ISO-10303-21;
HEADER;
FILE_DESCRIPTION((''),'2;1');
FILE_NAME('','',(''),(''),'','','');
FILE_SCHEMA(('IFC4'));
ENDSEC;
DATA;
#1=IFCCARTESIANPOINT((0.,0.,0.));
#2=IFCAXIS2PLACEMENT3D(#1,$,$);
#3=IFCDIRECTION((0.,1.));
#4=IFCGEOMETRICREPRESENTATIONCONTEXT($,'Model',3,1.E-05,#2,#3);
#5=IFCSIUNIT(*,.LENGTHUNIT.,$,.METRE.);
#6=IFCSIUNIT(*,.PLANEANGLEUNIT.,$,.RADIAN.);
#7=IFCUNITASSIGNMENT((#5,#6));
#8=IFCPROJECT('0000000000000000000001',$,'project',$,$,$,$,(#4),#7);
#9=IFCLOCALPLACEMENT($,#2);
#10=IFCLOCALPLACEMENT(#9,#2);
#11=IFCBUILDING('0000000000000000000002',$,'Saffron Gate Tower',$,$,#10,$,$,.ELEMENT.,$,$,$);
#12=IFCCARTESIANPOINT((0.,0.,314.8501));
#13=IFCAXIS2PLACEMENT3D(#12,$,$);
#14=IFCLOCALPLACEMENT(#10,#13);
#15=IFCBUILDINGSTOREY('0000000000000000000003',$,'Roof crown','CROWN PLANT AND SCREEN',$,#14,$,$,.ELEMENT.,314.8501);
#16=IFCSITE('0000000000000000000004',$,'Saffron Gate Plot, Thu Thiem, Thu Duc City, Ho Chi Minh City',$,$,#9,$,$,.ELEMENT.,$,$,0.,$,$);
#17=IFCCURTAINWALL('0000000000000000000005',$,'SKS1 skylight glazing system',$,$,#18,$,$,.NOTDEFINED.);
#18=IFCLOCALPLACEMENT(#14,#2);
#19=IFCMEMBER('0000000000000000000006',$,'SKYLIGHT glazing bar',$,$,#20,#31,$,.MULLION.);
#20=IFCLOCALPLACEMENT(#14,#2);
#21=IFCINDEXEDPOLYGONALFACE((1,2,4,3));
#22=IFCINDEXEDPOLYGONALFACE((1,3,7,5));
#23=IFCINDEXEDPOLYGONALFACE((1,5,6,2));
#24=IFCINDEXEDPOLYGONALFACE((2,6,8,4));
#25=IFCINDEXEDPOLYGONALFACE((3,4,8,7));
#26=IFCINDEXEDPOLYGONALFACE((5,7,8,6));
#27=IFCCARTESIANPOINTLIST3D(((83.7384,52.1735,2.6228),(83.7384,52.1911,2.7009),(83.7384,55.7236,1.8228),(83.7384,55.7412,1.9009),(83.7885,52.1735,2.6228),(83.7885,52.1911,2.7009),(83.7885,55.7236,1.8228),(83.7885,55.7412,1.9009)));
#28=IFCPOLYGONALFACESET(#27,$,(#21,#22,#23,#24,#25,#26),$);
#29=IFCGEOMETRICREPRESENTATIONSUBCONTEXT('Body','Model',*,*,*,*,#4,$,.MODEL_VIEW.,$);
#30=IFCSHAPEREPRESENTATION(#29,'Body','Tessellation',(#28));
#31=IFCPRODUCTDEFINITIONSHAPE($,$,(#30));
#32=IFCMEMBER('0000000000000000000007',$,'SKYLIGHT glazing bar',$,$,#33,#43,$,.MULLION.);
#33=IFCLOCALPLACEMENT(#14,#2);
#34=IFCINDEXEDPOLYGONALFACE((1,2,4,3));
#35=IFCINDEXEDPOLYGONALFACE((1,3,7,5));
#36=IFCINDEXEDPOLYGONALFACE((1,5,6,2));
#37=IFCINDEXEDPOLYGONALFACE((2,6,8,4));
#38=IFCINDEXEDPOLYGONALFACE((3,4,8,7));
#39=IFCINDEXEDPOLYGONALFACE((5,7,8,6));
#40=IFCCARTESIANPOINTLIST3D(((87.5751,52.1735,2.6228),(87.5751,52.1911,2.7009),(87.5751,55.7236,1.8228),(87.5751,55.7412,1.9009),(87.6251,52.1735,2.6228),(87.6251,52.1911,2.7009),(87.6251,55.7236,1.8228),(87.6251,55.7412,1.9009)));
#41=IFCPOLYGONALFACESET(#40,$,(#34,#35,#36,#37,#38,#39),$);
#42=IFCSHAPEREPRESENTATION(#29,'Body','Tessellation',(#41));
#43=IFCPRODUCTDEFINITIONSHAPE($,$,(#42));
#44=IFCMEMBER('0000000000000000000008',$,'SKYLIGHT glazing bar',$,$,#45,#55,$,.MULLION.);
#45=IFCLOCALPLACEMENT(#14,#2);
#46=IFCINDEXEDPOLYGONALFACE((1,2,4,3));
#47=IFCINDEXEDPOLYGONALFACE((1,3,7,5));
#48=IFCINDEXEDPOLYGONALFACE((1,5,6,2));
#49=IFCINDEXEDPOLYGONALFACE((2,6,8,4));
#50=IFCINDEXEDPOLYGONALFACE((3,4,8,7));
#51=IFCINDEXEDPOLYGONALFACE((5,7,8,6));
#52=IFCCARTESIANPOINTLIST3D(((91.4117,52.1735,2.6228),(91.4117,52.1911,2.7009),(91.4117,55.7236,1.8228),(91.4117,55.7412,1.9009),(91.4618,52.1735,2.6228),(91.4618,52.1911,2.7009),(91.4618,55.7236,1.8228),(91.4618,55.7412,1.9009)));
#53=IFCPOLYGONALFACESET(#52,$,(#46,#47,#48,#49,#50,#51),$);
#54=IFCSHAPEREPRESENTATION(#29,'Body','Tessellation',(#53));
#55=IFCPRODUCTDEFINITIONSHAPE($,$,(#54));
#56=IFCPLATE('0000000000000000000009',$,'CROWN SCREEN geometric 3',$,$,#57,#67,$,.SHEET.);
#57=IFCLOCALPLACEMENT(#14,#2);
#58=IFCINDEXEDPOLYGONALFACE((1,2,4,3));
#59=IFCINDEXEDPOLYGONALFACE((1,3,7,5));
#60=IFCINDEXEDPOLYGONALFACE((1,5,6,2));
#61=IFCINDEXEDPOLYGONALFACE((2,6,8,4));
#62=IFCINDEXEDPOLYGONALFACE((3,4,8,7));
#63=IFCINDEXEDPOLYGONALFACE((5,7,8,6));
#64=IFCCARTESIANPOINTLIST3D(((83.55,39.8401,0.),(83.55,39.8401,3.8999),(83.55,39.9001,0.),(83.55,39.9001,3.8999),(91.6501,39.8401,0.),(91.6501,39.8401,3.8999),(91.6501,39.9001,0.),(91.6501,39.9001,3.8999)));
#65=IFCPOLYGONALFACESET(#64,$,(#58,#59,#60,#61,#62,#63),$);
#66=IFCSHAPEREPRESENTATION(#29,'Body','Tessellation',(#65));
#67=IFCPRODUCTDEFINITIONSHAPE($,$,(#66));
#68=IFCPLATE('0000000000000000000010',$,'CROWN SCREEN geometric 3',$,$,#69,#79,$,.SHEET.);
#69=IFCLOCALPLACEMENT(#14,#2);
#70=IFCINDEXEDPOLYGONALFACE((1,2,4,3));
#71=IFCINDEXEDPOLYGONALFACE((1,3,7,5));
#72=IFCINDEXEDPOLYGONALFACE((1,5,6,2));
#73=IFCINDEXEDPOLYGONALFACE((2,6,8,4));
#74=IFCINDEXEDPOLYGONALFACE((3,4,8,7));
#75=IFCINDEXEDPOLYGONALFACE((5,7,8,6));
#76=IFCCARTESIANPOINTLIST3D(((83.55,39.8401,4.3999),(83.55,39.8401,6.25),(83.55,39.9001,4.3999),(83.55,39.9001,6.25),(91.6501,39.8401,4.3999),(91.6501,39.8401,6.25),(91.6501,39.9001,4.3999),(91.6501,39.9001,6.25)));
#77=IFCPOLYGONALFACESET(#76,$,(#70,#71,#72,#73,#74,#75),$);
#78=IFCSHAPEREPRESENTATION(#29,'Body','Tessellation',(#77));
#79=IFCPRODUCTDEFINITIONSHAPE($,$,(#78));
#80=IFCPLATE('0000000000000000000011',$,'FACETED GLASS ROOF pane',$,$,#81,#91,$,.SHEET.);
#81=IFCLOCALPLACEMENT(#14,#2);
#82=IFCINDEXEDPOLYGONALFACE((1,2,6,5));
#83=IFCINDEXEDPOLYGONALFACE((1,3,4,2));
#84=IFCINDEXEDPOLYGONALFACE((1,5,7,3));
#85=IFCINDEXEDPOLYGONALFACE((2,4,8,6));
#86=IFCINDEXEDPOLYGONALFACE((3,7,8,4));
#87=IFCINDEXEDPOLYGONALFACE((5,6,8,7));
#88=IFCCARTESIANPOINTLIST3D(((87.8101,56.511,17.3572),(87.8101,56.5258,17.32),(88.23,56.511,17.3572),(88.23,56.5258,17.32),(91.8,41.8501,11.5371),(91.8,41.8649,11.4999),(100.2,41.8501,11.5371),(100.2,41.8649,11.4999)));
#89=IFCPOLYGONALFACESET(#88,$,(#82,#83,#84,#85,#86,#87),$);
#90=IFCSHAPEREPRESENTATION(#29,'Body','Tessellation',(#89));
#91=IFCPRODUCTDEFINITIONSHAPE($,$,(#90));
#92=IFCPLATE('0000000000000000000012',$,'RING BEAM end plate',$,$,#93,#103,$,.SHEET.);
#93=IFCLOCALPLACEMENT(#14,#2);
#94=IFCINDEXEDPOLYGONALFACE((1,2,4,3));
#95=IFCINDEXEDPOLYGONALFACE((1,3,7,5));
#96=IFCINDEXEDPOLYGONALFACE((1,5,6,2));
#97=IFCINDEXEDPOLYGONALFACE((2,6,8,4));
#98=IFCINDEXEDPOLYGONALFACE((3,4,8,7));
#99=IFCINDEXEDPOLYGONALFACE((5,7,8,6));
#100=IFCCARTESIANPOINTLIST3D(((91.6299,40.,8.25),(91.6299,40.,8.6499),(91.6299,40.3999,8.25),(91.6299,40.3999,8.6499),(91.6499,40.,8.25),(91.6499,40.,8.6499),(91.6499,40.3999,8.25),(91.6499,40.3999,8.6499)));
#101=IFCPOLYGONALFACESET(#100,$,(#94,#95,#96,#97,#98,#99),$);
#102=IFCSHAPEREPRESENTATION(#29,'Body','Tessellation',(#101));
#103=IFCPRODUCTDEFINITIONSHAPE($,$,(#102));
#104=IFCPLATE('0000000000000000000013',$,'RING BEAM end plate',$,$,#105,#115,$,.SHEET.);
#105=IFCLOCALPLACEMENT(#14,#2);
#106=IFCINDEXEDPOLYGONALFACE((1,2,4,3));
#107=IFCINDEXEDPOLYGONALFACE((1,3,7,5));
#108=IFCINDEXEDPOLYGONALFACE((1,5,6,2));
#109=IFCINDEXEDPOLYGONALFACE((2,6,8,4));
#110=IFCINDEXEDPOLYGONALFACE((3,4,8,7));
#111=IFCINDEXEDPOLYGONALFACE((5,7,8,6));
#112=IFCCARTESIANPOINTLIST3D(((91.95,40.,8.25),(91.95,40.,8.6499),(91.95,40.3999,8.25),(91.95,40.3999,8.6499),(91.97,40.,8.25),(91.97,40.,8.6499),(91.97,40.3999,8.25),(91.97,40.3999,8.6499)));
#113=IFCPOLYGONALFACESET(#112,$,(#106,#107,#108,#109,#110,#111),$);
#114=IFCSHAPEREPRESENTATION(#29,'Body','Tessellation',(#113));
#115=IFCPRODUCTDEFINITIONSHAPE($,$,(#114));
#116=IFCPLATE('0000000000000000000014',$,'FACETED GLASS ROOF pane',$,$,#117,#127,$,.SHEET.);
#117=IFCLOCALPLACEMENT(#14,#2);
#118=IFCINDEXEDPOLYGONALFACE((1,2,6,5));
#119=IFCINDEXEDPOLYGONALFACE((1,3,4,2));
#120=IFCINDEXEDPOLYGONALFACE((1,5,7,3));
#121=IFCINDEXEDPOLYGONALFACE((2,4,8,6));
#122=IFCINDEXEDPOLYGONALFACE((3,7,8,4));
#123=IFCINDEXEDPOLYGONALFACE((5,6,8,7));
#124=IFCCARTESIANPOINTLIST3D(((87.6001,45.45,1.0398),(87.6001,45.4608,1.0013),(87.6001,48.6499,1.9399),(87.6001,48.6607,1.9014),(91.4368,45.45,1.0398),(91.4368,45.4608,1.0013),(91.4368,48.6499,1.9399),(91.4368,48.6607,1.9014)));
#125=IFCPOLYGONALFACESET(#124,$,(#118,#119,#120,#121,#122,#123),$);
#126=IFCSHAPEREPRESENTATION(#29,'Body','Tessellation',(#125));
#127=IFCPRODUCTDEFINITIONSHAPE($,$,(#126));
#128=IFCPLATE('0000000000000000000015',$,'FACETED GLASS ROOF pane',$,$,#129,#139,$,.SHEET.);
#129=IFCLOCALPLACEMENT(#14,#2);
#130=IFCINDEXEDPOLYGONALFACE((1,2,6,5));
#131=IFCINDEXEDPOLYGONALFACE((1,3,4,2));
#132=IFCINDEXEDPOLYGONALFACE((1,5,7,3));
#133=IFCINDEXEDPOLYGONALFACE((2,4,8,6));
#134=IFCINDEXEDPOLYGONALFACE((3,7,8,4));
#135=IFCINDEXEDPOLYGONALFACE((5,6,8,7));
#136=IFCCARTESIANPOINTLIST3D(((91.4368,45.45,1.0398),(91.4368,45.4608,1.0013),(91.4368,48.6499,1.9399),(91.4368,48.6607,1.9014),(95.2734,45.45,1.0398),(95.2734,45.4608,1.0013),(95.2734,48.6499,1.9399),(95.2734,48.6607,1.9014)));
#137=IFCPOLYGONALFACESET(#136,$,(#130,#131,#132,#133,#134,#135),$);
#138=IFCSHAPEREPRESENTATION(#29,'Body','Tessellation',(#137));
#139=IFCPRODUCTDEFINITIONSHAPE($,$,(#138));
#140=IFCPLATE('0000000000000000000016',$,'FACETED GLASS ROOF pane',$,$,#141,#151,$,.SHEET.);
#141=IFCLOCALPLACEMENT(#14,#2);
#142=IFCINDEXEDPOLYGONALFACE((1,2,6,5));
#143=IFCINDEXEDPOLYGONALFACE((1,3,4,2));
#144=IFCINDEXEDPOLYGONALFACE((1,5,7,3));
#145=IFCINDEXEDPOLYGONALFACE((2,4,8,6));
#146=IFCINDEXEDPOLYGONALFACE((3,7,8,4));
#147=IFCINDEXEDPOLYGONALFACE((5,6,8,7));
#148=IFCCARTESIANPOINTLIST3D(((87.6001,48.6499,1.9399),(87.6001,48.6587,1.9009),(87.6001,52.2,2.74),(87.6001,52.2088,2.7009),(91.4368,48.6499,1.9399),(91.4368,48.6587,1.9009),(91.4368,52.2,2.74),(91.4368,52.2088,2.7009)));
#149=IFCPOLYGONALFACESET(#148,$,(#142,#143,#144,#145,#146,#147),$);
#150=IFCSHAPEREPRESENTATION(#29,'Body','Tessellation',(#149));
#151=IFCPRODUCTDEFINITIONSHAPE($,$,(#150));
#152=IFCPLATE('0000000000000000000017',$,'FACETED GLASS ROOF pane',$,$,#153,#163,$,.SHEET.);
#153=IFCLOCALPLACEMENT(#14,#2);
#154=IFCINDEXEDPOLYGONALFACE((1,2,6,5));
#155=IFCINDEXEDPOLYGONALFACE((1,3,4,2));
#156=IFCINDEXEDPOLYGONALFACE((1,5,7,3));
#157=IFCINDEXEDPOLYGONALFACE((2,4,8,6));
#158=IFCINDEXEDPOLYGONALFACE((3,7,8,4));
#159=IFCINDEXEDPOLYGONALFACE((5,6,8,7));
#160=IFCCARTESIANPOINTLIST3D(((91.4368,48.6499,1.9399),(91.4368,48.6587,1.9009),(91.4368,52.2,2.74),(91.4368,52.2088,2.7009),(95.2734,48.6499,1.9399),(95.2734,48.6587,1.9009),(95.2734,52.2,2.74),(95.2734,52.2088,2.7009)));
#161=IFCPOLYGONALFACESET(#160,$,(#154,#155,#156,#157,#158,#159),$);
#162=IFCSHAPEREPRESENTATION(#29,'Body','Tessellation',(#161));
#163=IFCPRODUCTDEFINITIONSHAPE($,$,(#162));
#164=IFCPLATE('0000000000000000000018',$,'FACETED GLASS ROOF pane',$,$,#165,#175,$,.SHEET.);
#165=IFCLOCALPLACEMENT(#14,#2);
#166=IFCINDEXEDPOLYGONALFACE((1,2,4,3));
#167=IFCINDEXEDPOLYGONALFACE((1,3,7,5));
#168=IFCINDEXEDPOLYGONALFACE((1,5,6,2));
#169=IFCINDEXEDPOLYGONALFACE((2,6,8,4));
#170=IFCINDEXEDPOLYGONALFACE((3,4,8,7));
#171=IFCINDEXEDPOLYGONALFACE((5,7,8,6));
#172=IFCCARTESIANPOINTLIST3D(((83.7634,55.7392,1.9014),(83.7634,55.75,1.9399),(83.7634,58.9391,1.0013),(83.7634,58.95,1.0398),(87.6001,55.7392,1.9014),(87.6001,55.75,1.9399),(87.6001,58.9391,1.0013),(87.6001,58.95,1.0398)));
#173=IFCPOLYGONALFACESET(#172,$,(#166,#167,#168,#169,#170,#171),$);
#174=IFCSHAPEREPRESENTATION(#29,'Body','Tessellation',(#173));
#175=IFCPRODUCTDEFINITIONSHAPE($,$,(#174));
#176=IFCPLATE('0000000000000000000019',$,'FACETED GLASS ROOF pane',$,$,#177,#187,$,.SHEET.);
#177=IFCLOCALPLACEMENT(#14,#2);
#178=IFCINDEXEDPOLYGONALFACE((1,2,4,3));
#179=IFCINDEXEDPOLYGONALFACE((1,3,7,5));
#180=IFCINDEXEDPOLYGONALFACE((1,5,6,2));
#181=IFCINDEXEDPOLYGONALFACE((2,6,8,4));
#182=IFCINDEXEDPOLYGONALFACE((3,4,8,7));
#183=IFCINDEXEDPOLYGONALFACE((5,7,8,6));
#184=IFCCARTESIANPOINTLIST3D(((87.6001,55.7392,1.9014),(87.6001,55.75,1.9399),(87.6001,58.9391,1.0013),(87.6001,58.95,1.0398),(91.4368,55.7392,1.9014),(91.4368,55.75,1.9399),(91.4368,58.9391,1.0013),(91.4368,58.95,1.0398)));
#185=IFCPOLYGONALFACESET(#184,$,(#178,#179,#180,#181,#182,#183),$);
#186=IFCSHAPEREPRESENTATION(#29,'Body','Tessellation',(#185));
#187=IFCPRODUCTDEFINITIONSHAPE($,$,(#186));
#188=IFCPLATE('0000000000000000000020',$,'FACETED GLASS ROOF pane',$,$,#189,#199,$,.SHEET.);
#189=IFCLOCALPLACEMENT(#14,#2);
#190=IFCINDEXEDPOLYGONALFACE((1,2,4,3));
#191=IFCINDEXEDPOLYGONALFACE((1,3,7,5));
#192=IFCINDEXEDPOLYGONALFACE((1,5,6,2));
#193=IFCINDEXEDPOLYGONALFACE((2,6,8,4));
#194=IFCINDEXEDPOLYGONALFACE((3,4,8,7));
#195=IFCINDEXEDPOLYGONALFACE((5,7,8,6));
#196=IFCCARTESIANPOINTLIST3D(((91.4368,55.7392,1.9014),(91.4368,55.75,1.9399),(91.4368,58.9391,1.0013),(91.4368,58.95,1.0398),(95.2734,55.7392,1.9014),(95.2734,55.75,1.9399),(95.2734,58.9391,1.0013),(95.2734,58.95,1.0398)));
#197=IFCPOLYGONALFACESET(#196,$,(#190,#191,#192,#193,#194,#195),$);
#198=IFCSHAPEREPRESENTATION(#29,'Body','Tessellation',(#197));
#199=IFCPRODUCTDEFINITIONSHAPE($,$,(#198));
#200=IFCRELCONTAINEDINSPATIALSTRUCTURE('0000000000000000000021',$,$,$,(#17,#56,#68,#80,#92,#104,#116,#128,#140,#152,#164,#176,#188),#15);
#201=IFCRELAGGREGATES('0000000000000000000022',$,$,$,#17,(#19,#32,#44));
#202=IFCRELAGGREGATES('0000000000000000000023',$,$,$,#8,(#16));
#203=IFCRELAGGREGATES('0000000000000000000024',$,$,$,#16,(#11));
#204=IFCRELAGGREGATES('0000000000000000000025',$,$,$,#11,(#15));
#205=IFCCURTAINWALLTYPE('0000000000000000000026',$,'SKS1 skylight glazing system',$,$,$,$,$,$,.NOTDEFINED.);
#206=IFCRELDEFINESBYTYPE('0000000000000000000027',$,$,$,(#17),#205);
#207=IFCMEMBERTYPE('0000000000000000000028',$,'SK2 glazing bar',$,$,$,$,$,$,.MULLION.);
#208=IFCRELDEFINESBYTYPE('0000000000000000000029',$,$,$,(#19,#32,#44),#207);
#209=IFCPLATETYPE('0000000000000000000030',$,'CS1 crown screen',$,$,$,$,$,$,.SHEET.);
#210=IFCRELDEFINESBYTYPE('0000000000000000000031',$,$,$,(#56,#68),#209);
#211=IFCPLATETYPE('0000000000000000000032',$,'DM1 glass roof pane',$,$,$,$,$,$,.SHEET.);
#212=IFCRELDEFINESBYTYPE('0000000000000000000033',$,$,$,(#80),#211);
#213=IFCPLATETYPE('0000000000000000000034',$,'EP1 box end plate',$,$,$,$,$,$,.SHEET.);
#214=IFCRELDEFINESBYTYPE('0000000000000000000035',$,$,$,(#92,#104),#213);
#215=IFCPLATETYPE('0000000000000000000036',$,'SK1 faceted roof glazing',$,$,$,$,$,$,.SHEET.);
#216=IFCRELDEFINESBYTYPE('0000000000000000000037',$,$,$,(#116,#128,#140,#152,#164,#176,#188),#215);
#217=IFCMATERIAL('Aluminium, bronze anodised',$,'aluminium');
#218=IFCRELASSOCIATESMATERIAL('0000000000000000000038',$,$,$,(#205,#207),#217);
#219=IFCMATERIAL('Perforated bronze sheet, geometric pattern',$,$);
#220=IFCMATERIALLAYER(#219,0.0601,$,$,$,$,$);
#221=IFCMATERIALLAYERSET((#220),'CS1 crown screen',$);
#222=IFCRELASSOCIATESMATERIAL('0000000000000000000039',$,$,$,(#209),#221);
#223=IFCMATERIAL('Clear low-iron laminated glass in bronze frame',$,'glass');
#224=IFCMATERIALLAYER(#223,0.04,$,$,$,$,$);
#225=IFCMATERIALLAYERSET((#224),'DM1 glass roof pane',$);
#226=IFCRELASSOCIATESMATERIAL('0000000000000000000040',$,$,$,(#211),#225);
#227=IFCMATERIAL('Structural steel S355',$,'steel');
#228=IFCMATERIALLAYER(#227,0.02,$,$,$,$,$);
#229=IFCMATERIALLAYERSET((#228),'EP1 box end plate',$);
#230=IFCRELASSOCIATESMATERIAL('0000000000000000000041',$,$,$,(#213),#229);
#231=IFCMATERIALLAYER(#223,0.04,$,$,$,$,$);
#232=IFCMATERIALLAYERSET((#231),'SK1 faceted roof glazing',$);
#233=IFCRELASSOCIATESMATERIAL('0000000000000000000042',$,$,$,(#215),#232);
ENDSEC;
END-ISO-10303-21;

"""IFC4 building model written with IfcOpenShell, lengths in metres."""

from ifc_helpers import new_model, si_unit, direction, frame, origin, origin_2d, place, context, subcontext, project, spatial, polyline, rectangle, outline, extrude, material, layer, layer_set, material_profile, profile_set, type_object, element, aggregate, save


model = new_model("IFC4")

# Units and contexts
model_context = context("Model", 3, precision=1e-05, world=origin(), true_north=direction((0.0, 1.0)))
body_context = subcontext(model_context, "Body", "Model", "MODEL_VIEW")
ifc_project = project(units=[si_unit("LENGTHUNIT", "METRE"), si_unit("PLANEANGLEUNIT", "RADIAN")], contexts=[model_context])

# Site, building, storey
site_placement = place(None, origin())
site = spatial("IfcSite", under=ifc_project, at=site_placement, Name="Saffron Gate Plot, Thu Thiem, Thu Duc City, Ho Chi Minh City", CompositionType="ELEMENT", RefElevation=0.0)
building_placement = place(site_placement, origin())
building = spatial("IfcBuilding", under=site, at=building_placement, Name="Saffron Gate Tower", CompositionType="ELEMENT")
storey_placement = place(building_placement, frame((0.0, 0.0, 314.8501)))
storey = spatial("IfcBuildingStorey", under=building, at=storey_placement, Name="Roof crown", Description="CROWN PLANT AND SCREEN", CompositionType="ELEMENT", Elevation=314.8501)

# Shared definitions
ifc_material_1 = material(Name="Structural steel S355", Category="steel")

# Shared definitions
ifc_material_2 = material(Name="Aluminium, bronze anodised", Category="aluminium")

# Curtain wall, members
curtain_wall_type_1 = type_object("IfcCurtainWallType", Name="SKS1 skylight glazing system", PredefinedType="NOTDEFINED", material=ifc_material_2)
curtain_wall_1_placement = place(storey_placement, origin())
curtain_wall_1 = element("IfcCurtainWall", 1, at=curtain_wall_1_placement, inside=storey, type_object=curtain_wall_type_1, Name="SKS1 skylight glazing system", PredefinedType="NOTDEFINED")
ifc_material_profile_1 = material_profile(ifc_material_2, rectangle(XDim=0.05, YDim=0.0801, at=origin_2d()))
ifc_profile_set_1 = profile_set([ifc_material_profile_1], Name="Aluminium, bronze anodised")
member_type_1 = type_object("IfcMemberType", Name="SK2 glazing bar", PredefinedType="MULLION", material=ifc_profile_set_1)
member_1_placement = place(storey_placement, frame((83.7634, 55.7324, 1.8618), z_axis=(0.0, -0.975534, 0.219849), x_axis=(1.0, 0.0, 0.0)))
member_1 = element("IfcMember", 2, at=member_1_placement, type_object=member_type_1, Name="SKYLIGHT glazing bar", PredefinedType="MULLION", context=body_context, shape_type="SweptSolid", body=[
    extrude(rectangle(XDim=0.05, YDim=0.0801, at=origin_2d()), origin(), (0.0, 0.0, 1.0), 3.6392),
])
member_2_placement = place(storey_placement, frame((87.6001, 55.7324, 1.8618), z_axis=(0.0, -0.975534, 0.219849), x_axis=(1.0, 0.0, 0.0)))
member_2 = element("IfcMember", 3, at=member_2_placement, type_object=member_type_1, Name="SKYLIGHT glazing bar", PredefinedType="MULLION", context=body_context, shape_type="SweptSolid", body=[
    extrude(rectangle(XDim=0.05, YDim=0.0801, at=origin_2d()), origin(), (0.0, 0.0, 1.0), 3.6392),
])
member_3_placement = place(storey_placement, frame((91.4368, 55.7324, 1.8618), z_axis=(0.0, -0.975534, 0.219849), x_axis=(1.0, 0.0, 0.0)))
member_3 = element("IfcMember", 4, at=member_3_placement, type_object=member_type_1, Name="SKYLIGHT glazing bar", PredefinedType="MULLION", context=body_context, shape_type="SweptSolid", body=[
    extrude(rectangle(XDim=0.05, YDim=0.0801, at=origin_2d()), origin(), (0.0, 0.0, 1.0), 3.6392),
])
aggregate(curtain_wall_1, [member_1, member_2, member_3])

# Plates
ifc_material_3 = material(Name="Perforated bronze sheet, geometric pattern")
ifc_layer_1 = layer(ifc_material_3, 0.0601)
ifc_layer_set_1 = layer_set([ifc_layer_1], Name="CS1 crown screen")
plate_type_1 = type_object("IfcPlateType", Name="CS1 crown screen", PredefinedType="SHEET", material=ifc_layer_set_1)
plate_1_placement = place(storey_placement, frame((87.6001, 39.8701, 0.0), z_axis=(0.0, 0.0, 1.0), x_axis=(1.0, 0.0, 0.0)))
element("IfcPlate", 5, at=plate_1_placement, inside=storey, type_object=plate_type_1, Name="CROWN SCREEN geometric 3", PredefinedType="SHEET", context=body_context, shape_type="SweptSolid", body=[
    extrude(rectangle(XDim=8.1001, YDim=0.0601, at=origin_2d()), origin(), (0.0, 0.0, 1.0), 3.8999),
])
plate_2_placement = place(storey_placement, frame((87.6001, 39.8701, 4.3999), z_axis=(0.0, 0.0, 1.0), x_axis=(1.0, 0.0, 0.0)))
element("IfcPlate", 6, at=plate_2_placement, inside=storey, type_object=plate_type_1, Name="CROWN SCREEN geometric 3", PredefinedType="SHEET", context=body_context, shape_type="SweptSolid", body=[
    extrude(rectangle(XDim=8.1001, YDim=0.0601, at=origin_2d()), origin(), (0.0, 0.0, 1.0), 1.8501),
])
ifc_material_4 = material(Name="Clear low-iron laminated glass in bronze frame", Category="glass")
ifc_layer_2 = layer(ifc_material_4, 0.04)
ifc_layer_set_2 = layer_set([ifc_layer_2], Name="DM1 glass roof pane")
plate_type_2 = type_object("IfcPlateType", Name="DM1 glass roof pane", PredefinedType="SHEET", material=ifc_layer_set_2)
plate_3_placement = place(storey_placement, frame((91.8, 41.8501, 11.5371), z_axis=(0.0, -0.368969, 0.929442), x_axis=(1.0, 0.0, 0.0)))
element("IfcPlate", 7, at=plate_3_placement, inside=storey, type_object=plate_type_2, Name="FACETED GLASS ROOF pane", PredefinedType="SHEET", context=body_context, shape_type="SweptSolid", body=[
    extrude(outline(polyline([(0.0, 0.0), (8.3999, 0.0), (-3.5701, 15.7739), (-3.99, 15.7739), (0.0, 0.0)])), origin(), (0.0, 0.0, -1.0), 0.04),
])
ifc_layer_3 = layer(ifc_material_1, 0.02)
ifc_layer_set_3 = layer_set([ifc_layer_3], Name="EP1 box end plate")
plate_type_3 = type_object("IfcPlateType", Name="EP1 box end plate", PredefinedType="SHEET", material=ifc_layer_set_3)
for number, where, z_axis, x_axis, name in (
    (8, (91.6399, 40.2, 8.25), (0.0, 0.0, 1.0), (1.0, 0.0, 0.0), "RING BEAM end plate"),
    (9, (91.96, 40.2, 8.25), (0.0, 0.0, 1.0), (1.0, 0.0, 0.0), "RING BEAM end plate"),
):
    element("IfcPlate", number, at=place(storey_placement, frame(where, z_axis=z_axis, x_axis=x_axis)), inside=storey, type_object=plate_type_3, Name=name, PredefinedType="SHEET", context=body_context, shape_type="SweptSolid", body=[
        extrude(rectangle(XDim=0.02, YDim=0.3999, at=origin_2d()), origin(), (0.0, 0.0, 1.0), 0.3999),
    ])
ifc_layer_4 = layer(ifc_material_4, 0.04)
ifc_layer_set_4 = layer_set([ifc_layer_4], Name="SK1 faceted roof glazing")
plate_type_4 = type_object("IfcPlateType", Name="SK1 faceted roof glazing", PredefinedType="SHEET", material=ifc_layer_set_4)
for number, where, z_axis, x_axis, name in (
    (10, (87.6001, 45.45, 1.0398), (0.0, -0.27079, 0.962638), (1.0, 0.0, 0.0), "FACETED GLASS ROOF pane"),
    (11, (91.4368, 45.45, 1.0398), (0.0, -0.27079, 0.962638), (1.0, 0.0, 0.0), "FACETED GLASS ROOF pane"),
):
    element("IfcPlate", number, at=place(storey_placement, frame(where, z_axis=z_axis, x_axis=x_axis)), inside=storey, type_object=plate_type_4, Name=name, PredefinedType="SHEET", context=body_context, shape_type="SweptSolid", body=[
        extrude(outline(polyline([(0.0, 0.0), (3.8367, 0.0), (3.8367, 3.3241), (0.0, 3.3241), (0.0, 0.0)])), origin(), (0.0, 0.0, -1.0), 0.04),
    ])
for number, where, z_axis, x_axis, name in (
    (12, (87.6001, 48.6499, 1.9399), (0.0, -0.219849, 0.975534), (1.0, 0.0, 0.0), "FACETED GLASS ROOF pane"),
    (13, (91.4368, 48.6499, 1.9399), (0.0, -0.219849, 0.975534), (1.0, 0.0, 0.0), "FACETED GLASS ROOF pane"),
):
    element("IfcPlate", number, at=place(storey_placement, frame(where, z_axis=z_axis, x_axis=x_axis)), inside=storey, type_object=plate_type_4, Name=name, PredefinedType="SHEET", context=body_context, shape_type="SweptSolid", body=[
        extrude(outline(polyline([(0.0, 0.0), (3.8367, 0.0), (3.8367, 3.6391), (0.0, 3.6391), (0.0, 0.0)])), origin(), (0.0, 0.0, -1.0), 0.04),
    ])
for number, where, z_axis, x_axis, name in (
    (14, (83.7634, 55.75, 1.9399), (0.0, 0.27079, 0.962638), (1.0, 0.0, 0.0), "FACETED GLASS ROOF pane"),
    (15, (87.6001, 55.75, 1.9399), (0.0, 0.27079, 0.962638), (1.0, 0.0, 0.0), "FACETED GLASS ROOF pane"),
    (16, (91.4368, 55.75, 1.9399), (0.0, 0.27079, 0.962638), (1.0, 0.0, 0.0), "FACETED GLASS ROOF pane"),
):
    element("IfcPlate", number, at=place(storey_placement, frame(where, z_axis=z_axis, x_axis=x_axis)), inside=storey, type_object=plate_type_4, Name=name, PredefinedType="SHEET", context=body_context, shape_type="SweptSolid", body=[
        extrude(outline(polyline([(0.0, 0.0), (3.8367, 0.0), (3.8367, 3.3241), (0.0, 3.3241), (0.0, 0.0)])), origin(), (0.0, 0.0, -1.0), 0.04),
    ])

save(model, "model.ifc")
